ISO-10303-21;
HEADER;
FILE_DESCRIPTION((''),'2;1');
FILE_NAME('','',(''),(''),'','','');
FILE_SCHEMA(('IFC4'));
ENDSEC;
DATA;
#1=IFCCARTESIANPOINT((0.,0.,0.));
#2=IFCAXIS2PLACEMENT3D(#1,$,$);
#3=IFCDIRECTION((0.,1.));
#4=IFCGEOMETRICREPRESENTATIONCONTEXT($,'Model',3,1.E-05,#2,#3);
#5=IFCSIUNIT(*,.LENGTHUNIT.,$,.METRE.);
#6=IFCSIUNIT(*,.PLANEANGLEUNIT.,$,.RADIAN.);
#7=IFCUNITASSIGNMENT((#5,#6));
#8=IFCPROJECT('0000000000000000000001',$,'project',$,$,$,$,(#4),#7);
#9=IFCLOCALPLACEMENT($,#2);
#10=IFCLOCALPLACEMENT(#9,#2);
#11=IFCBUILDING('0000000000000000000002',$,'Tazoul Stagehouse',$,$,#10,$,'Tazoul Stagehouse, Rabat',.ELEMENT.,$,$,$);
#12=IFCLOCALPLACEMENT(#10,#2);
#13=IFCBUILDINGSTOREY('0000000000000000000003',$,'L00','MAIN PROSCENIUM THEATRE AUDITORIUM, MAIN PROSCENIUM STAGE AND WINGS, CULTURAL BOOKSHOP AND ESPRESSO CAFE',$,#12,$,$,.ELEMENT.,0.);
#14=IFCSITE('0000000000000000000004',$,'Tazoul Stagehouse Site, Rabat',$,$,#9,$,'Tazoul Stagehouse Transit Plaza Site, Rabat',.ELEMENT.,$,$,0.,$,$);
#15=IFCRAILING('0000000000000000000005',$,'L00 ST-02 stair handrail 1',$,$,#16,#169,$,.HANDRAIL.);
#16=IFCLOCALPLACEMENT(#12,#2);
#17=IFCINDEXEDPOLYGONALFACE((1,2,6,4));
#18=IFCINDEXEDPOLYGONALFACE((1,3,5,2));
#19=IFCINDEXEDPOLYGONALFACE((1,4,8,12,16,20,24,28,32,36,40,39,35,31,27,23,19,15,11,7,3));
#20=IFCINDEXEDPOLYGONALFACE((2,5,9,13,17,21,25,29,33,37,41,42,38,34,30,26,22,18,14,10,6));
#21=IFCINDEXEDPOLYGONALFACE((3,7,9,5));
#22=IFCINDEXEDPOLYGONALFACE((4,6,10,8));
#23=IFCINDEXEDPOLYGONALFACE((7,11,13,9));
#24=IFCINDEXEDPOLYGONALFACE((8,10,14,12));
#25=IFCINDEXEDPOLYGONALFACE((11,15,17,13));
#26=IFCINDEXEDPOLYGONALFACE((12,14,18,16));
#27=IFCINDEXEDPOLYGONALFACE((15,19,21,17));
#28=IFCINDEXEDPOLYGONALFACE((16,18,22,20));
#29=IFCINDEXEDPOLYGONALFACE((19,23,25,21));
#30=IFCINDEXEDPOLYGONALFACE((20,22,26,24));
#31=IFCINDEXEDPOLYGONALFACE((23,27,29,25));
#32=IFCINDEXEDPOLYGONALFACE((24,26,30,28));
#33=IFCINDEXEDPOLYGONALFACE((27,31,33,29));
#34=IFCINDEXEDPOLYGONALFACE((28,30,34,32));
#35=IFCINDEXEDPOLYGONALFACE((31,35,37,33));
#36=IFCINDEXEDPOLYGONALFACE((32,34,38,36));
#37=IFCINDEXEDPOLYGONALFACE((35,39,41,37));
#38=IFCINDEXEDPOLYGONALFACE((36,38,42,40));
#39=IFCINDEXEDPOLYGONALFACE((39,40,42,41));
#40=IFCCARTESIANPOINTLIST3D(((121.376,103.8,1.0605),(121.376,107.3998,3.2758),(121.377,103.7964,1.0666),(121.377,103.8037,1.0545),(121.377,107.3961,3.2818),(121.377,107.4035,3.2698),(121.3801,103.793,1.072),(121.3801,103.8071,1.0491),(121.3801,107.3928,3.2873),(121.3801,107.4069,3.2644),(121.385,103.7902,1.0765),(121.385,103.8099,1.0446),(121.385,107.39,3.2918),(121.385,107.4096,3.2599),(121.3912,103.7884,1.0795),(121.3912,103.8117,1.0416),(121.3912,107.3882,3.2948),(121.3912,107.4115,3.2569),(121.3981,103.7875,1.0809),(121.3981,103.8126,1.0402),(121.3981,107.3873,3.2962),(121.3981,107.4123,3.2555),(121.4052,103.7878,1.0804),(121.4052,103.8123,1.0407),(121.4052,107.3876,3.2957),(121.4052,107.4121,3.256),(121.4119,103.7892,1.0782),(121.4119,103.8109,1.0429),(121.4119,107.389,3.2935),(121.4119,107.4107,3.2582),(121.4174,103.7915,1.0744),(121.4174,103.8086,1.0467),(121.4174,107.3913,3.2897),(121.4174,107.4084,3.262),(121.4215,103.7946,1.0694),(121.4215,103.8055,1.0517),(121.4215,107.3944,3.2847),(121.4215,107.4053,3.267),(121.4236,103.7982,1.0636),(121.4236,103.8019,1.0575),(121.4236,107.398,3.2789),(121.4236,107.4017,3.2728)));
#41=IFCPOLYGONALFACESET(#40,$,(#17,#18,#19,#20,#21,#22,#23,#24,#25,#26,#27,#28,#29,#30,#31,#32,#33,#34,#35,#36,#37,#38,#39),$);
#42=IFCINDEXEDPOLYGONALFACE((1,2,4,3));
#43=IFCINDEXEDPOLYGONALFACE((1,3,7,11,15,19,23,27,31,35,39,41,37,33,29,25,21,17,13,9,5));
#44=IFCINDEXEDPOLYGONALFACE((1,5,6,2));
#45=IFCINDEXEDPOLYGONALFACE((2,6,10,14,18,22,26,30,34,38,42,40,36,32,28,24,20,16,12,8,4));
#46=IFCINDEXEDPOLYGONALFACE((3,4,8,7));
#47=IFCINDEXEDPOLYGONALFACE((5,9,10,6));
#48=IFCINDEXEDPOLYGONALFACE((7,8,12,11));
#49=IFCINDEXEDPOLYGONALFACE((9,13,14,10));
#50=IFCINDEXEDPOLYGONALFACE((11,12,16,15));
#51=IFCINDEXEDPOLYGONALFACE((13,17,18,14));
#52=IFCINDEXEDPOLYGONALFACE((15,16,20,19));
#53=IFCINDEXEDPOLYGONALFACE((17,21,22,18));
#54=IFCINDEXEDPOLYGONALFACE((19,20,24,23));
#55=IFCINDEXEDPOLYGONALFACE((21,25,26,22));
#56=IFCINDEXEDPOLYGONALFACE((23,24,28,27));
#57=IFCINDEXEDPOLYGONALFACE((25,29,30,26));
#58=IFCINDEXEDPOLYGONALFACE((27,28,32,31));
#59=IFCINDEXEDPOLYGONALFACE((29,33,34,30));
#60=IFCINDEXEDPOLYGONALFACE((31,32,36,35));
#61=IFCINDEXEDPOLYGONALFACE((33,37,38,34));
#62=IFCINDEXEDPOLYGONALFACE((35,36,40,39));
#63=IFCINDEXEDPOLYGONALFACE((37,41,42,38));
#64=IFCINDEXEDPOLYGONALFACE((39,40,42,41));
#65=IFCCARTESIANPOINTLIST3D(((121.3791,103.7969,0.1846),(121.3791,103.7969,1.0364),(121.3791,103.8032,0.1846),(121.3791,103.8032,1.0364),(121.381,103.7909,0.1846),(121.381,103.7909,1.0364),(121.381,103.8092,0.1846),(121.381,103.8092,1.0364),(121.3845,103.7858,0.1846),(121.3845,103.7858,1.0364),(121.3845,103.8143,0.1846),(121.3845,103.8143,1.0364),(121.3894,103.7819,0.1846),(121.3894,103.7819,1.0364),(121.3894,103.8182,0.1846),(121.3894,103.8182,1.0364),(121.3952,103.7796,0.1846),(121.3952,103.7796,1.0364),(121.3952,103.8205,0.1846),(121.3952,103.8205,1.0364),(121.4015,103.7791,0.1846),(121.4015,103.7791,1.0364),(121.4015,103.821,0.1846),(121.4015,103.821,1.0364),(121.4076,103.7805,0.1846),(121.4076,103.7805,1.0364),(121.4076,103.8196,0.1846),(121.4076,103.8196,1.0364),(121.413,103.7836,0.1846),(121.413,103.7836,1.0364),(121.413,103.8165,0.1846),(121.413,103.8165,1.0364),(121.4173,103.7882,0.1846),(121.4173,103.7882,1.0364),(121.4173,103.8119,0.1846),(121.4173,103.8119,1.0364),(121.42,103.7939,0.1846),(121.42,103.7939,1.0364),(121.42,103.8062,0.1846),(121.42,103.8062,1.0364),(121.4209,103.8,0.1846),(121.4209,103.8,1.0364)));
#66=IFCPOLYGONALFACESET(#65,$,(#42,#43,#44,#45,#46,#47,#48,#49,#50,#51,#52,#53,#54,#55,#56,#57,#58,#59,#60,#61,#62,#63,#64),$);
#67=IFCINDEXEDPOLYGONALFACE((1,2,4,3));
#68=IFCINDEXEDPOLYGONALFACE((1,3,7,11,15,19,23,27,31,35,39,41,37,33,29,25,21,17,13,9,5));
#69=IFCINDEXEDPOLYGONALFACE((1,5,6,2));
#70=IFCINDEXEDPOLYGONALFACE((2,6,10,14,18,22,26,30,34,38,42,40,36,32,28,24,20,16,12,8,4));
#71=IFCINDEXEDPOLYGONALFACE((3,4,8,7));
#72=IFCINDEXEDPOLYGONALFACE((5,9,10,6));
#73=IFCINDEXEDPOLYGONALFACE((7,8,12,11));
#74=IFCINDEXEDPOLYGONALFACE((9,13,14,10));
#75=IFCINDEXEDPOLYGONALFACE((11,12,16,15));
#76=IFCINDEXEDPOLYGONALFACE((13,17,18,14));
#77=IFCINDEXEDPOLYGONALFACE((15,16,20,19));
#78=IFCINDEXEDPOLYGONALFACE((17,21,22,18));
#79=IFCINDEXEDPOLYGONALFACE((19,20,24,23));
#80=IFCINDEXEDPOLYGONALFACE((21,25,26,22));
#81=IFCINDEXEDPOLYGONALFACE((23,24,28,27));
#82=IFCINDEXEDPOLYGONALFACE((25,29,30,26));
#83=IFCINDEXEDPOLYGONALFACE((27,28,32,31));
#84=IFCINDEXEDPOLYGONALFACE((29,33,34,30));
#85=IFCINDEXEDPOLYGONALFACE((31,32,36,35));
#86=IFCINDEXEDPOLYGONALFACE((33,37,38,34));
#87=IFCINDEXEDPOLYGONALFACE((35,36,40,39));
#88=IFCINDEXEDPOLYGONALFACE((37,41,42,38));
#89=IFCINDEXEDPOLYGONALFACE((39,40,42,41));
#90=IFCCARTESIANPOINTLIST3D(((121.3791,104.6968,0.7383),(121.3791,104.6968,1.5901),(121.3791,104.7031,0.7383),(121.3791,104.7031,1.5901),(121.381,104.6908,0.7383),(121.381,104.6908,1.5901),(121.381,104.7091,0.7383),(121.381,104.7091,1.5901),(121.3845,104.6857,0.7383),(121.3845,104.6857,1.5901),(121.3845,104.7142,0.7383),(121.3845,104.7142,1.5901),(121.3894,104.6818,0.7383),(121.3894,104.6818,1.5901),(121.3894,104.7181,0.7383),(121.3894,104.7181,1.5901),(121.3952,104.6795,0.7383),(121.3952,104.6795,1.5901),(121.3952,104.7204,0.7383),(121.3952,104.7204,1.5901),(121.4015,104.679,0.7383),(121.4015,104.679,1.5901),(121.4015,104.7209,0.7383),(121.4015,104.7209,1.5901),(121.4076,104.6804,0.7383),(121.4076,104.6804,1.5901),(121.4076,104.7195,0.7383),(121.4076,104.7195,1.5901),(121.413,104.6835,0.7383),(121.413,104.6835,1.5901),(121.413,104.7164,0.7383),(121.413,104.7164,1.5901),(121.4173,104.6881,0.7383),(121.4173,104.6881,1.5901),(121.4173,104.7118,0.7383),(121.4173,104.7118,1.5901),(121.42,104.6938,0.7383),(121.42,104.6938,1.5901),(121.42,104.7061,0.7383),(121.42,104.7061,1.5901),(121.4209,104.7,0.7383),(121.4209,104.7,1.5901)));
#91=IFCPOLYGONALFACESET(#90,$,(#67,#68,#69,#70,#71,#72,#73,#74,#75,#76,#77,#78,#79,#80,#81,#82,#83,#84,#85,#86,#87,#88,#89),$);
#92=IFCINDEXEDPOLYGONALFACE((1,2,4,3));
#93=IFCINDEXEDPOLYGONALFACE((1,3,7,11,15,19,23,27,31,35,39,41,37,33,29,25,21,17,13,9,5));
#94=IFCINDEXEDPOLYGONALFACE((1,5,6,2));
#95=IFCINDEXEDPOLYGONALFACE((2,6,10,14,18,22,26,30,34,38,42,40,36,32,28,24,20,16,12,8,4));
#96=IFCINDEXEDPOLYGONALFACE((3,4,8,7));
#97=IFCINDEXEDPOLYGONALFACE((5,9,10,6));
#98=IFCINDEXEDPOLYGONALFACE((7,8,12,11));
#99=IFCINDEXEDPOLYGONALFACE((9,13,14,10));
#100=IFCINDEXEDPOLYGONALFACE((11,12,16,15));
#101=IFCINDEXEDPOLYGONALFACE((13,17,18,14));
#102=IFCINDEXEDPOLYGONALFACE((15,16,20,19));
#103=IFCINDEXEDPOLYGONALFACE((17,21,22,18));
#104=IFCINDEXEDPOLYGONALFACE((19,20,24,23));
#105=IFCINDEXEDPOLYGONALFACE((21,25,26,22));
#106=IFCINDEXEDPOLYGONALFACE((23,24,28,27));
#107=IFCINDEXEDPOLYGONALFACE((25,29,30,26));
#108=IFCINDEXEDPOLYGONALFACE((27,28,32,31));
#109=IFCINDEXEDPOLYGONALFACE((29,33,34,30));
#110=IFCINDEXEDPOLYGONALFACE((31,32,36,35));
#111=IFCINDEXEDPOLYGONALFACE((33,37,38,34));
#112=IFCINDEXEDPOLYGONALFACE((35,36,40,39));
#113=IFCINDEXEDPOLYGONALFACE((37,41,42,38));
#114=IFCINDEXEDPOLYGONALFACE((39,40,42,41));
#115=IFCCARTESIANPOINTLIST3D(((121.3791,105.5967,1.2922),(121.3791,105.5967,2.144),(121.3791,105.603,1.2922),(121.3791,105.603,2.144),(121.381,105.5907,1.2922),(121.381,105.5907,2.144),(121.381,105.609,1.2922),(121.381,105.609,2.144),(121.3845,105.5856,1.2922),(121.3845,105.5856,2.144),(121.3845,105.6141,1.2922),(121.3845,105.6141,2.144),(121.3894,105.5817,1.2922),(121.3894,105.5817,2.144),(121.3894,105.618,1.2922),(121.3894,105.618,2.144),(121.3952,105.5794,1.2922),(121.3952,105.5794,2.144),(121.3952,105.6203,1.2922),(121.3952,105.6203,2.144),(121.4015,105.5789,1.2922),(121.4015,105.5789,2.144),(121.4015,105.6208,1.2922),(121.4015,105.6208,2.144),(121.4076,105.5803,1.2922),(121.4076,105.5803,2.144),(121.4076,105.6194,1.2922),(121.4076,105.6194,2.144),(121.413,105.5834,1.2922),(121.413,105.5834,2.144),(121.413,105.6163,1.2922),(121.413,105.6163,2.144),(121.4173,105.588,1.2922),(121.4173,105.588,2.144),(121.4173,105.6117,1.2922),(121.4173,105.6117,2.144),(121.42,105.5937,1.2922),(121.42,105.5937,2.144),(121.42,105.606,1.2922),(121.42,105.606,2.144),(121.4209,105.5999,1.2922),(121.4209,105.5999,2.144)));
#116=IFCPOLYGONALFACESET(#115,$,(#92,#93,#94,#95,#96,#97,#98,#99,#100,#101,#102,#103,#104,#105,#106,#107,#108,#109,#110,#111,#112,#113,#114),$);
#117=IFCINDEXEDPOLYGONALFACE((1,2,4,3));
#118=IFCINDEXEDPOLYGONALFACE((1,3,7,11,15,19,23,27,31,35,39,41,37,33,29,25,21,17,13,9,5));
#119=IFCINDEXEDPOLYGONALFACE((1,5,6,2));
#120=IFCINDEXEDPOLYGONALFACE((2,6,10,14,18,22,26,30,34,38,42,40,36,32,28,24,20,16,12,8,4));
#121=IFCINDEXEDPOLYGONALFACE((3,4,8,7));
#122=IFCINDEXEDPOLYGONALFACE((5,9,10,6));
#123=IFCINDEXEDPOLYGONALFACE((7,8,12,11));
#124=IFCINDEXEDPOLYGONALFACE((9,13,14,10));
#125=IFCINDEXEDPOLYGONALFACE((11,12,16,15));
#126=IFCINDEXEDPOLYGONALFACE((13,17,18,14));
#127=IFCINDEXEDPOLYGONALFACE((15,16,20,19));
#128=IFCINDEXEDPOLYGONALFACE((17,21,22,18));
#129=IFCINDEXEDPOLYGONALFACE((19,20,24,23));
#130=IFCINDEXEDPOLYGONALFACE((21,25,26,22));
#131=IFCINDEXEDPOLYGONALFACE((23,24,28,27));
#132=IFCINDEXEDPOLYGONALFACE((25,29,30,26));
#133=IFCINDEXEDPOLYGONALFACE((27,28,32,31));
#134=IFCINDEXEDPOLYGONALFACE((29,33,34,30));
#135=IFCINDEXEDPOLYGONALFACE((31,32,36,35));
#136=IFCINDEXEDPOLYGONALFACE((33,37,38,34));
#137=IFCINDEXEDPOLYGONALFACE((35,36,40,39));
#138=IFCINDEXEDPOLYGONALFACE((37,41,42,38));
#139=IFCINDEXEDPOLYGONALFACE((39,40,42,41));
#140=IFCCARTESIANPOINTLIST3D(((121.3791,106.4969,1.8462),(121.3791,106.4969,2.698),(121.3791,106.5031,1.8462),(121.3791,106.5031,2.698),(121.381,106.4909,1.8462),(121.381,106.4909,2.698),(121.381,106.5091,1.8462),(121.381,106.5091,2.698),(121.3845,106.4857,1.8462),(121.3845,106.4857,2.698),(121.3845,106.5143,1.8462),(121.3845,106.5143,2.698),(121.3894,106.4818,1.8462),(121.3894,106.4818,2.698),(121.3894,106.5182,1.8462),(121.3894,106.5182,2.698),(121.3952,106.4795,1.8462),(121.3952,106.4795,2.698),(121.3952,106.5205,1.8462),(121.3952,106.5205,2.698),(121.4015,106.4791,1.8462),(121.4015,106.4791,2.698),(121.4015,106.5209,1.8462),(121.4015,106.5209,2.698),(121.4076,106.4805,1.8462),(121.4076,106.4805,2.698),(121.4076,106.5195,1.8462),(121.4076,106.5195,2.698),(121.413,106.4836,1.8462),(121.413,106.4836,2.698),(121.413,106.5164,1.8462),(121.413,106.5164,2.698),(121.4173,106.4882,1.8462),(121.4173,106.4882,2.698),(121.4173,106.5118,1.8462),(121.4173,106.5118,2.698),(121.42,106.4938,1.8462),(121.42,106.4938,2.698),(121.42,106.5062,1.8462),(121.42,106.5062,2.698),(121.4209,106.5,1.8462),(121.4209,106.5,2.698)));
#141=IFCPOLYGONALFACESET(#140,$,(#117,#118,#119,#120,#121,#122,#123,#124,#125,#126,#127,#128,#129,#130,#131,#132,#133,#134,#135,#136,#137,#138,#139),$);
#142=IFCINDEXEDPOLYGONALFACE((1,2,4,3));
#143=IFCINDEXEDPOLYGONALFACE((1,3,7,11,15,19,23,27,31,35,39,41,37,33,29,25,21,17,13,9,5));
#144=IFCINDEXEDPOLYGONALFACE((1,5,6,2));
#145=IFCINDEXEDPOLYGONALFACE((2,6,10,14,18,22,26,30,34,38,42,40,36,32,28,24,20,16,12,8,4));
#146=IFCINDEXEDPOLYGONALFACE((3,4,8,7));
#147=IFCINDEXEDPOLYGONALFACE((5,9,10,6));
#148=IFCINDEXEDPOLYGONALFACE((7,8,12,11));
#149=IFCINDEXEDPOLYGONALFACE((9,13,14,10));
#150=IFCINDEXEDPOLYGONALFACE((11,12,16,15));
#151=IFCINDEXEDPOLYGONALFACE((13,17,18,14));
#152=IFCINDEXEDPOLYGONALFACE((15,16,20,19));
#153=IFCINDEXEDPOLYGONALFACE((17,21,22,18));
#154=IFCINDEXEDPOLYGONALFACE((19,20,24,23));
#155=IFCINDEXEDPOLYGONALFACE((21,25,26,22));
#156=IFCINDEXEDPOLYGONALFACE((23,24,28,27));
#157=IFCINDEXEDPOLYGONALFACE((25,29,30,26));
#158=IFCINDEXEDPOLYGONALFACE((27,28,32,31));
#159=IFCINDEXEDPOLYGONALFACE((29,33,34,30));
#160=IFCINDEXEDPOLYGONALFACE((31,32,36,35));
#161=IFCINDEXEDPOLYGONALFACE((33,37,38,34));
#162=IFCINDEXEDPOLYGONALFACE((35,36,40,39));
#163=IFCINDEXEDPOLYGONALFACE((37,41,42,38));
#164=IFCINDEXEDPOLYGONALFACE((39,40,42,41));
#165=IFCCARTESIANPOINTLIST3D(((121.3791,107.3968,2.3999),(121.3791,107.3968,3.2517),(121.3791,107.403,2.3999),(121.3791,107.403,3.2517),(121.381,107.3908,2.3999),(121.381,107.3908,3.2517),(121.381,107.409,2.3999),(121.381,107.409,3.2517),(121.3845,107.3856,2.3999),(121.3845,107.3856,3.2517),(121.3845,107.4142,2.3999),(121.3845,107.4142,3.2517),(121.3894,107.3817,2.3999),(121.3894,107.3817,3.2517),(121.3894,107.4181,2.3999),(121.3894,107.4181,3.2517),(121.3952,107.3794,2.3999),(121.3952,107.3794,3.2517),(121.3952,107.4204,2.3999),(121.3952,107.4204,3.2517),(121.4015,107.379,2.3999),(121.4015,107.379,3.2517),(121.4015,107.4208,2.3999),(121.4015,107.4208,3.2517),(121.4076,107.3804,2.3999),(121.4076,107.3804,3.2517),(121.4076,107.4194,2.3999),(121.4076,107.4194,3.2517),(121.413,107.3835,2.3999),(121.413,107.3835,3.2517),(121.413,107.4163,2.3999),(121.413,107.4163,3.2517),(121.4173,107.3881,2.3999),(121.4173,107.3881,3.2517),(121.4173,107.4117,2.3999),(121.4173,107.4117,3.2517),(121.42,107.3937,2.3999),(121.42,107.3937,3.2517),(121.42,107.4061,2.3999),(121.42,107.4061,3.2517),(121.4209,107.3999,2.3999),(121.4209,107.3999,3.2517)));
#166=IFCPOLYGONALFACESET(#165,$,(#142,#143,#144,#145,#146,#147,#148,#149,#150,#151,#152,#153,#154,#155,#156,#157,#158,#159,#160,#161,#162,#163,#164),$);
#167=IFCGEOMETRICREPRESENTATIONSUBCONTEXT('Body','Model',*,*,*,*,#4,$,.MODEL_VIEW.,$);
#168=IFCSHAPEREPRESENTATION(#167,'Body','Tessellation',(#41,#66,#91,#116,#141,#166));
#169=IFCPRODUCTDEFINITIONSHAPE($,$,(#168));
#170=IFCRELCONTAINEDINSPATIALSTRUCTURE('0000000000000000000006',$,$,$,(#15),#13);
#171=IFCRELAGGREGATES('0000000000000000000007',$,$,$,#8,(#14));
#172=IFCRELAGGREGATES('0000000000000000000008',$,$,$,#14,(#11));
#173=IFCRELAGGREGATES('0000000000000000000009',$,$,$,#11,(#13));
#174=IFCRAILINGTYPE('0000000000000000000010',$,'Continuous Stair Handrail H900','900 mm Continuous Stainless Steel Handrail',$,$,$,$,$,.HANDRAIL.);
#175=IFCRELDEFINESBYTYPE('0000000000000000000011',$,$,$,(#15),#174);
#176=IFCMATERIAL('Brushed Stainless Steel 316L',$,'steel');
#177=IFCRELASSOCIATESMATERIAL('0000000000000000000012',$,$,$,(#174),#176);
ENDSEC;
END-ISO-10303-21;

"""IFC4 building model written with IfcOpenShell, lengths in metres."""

from ifc_helpers import new_model, si_unit, direction, frame, origin, origin_2d, place, context, subcontext, project, spatial, circle, extrude, material, material_profile, profile_set, type_object, element, save


model = new_model("IFC4")

# Units and contexts
model_context = context("Model", 3, precision=1e-05, world=origin(), true_north=direction((0.0, 1.0)))
body_context = subcontext(model_context, "Body", "Model", "MODEL_VIEW")
ifc_project = project(units=[si_unit("LENGTHUNIT", "METRE"), si_unit("PLANEANGLEUNIT", "RADIAN")], contexts=[model_context])

# Site, building, storey
site_placement = place(None, origin())
site = spatial("IfcSite", under=ifc_project, at=site_placement, Name="Tazoul Stagehouse Site, Rabat", LongName="Tazoul Stagehouse Transit Plaza Site, Rabat", CompositionType="ELEMENT", RefElevation=0.0)
building_placement = place(site_placement, origin())
building = spatial("IfcBuilding", under=site, at=building_placement, Name="Tazoul Stagehouse", LongName="Tazoul Stagehouse, Rabat", CompositionType="ELEMENT")
storey_placement = place(building_placement, origin())
storey = spatial("IfcBuildingStorey", under=building, at=storey_placement, Name="L00", Description="MAIN PROSCENIUM THEATRE AUDITORIUM, MAIN PROSCENIUM STAGE AND WINGS, CULTURAL BOOKSHOP AND ESPRESSO CAFE", CompositionType="ELEMENT", Elevation=0.0)

# Railing
ifc_material_1 = material(Name="Brushed Stainless Steel 316L", Category="steel")
ifc_material_profile_1 = material_profile(ifc_material_1, circle(Radius=0.021, at=origin_2d()), Name="SS HANDRAIL D42")
ifc_profile_set_1 = profile_set([ifc_material_profile_1], Name="Brushed Stainless Steel 316L")
railing_type_1 = type_object("IfcRailingType", Name="Continuous Stair Handrail H900", Description="900 mm Continuous Stainless Steel Handrail", PredefinedType="HANDRAIL", material=ifc_profile_set_1)
railing_1_placement = place(storey_placement, frame((121.3999, 103.8, 0.1846)))
element("IfcRailing", 1, at=railing_1_placement, inside=storey, type_object=railing_type_1, Name="L00 ST-02 stair handrail 1", PredefinedType="HANDRAIL", context=body_context, shape_type="SweptSolid", body=[
    extrude(circle(Radius=0.0239, at=origin_2d()), frame((0.0, 0.0, 0.876), z_axis=(0.0, 0.851654, 0.524104), x_axis=(-1.0, 0.0, 0.0)), (0.0, 0.0, 1.0), 4.2268),
    extrude(circle(Radius=0.021, at=origin_2d()), origin(), (0.0, 0.0, 1.0), 0.8518),
    extrude(circle(Radius=0.021, at=origin_2d()), frame((0.0, 0.8999, 0.5537)), (0.0, 0.0, 1.0), 0.8518),
    extrude(circle(Radius=0.021, at=origin_2d()), frame((0.0, 1.7998, 1.1077)), (0.0, 0.0, 1.0), 0.8518),
    extrude(circle(Radius=0.021, at=origin_2d()), frame((0.0, 2.7, 1.6616)), (0.0, 0.0, 1.0), 0.8518),
    extrude(circle(Radius=0.021, at=origin_2d()), frame((0.0, 3.5999, 2.2153)), (0.0, 0.0, 1.0), 0.8518),
])

save(model, "model.ifc")
